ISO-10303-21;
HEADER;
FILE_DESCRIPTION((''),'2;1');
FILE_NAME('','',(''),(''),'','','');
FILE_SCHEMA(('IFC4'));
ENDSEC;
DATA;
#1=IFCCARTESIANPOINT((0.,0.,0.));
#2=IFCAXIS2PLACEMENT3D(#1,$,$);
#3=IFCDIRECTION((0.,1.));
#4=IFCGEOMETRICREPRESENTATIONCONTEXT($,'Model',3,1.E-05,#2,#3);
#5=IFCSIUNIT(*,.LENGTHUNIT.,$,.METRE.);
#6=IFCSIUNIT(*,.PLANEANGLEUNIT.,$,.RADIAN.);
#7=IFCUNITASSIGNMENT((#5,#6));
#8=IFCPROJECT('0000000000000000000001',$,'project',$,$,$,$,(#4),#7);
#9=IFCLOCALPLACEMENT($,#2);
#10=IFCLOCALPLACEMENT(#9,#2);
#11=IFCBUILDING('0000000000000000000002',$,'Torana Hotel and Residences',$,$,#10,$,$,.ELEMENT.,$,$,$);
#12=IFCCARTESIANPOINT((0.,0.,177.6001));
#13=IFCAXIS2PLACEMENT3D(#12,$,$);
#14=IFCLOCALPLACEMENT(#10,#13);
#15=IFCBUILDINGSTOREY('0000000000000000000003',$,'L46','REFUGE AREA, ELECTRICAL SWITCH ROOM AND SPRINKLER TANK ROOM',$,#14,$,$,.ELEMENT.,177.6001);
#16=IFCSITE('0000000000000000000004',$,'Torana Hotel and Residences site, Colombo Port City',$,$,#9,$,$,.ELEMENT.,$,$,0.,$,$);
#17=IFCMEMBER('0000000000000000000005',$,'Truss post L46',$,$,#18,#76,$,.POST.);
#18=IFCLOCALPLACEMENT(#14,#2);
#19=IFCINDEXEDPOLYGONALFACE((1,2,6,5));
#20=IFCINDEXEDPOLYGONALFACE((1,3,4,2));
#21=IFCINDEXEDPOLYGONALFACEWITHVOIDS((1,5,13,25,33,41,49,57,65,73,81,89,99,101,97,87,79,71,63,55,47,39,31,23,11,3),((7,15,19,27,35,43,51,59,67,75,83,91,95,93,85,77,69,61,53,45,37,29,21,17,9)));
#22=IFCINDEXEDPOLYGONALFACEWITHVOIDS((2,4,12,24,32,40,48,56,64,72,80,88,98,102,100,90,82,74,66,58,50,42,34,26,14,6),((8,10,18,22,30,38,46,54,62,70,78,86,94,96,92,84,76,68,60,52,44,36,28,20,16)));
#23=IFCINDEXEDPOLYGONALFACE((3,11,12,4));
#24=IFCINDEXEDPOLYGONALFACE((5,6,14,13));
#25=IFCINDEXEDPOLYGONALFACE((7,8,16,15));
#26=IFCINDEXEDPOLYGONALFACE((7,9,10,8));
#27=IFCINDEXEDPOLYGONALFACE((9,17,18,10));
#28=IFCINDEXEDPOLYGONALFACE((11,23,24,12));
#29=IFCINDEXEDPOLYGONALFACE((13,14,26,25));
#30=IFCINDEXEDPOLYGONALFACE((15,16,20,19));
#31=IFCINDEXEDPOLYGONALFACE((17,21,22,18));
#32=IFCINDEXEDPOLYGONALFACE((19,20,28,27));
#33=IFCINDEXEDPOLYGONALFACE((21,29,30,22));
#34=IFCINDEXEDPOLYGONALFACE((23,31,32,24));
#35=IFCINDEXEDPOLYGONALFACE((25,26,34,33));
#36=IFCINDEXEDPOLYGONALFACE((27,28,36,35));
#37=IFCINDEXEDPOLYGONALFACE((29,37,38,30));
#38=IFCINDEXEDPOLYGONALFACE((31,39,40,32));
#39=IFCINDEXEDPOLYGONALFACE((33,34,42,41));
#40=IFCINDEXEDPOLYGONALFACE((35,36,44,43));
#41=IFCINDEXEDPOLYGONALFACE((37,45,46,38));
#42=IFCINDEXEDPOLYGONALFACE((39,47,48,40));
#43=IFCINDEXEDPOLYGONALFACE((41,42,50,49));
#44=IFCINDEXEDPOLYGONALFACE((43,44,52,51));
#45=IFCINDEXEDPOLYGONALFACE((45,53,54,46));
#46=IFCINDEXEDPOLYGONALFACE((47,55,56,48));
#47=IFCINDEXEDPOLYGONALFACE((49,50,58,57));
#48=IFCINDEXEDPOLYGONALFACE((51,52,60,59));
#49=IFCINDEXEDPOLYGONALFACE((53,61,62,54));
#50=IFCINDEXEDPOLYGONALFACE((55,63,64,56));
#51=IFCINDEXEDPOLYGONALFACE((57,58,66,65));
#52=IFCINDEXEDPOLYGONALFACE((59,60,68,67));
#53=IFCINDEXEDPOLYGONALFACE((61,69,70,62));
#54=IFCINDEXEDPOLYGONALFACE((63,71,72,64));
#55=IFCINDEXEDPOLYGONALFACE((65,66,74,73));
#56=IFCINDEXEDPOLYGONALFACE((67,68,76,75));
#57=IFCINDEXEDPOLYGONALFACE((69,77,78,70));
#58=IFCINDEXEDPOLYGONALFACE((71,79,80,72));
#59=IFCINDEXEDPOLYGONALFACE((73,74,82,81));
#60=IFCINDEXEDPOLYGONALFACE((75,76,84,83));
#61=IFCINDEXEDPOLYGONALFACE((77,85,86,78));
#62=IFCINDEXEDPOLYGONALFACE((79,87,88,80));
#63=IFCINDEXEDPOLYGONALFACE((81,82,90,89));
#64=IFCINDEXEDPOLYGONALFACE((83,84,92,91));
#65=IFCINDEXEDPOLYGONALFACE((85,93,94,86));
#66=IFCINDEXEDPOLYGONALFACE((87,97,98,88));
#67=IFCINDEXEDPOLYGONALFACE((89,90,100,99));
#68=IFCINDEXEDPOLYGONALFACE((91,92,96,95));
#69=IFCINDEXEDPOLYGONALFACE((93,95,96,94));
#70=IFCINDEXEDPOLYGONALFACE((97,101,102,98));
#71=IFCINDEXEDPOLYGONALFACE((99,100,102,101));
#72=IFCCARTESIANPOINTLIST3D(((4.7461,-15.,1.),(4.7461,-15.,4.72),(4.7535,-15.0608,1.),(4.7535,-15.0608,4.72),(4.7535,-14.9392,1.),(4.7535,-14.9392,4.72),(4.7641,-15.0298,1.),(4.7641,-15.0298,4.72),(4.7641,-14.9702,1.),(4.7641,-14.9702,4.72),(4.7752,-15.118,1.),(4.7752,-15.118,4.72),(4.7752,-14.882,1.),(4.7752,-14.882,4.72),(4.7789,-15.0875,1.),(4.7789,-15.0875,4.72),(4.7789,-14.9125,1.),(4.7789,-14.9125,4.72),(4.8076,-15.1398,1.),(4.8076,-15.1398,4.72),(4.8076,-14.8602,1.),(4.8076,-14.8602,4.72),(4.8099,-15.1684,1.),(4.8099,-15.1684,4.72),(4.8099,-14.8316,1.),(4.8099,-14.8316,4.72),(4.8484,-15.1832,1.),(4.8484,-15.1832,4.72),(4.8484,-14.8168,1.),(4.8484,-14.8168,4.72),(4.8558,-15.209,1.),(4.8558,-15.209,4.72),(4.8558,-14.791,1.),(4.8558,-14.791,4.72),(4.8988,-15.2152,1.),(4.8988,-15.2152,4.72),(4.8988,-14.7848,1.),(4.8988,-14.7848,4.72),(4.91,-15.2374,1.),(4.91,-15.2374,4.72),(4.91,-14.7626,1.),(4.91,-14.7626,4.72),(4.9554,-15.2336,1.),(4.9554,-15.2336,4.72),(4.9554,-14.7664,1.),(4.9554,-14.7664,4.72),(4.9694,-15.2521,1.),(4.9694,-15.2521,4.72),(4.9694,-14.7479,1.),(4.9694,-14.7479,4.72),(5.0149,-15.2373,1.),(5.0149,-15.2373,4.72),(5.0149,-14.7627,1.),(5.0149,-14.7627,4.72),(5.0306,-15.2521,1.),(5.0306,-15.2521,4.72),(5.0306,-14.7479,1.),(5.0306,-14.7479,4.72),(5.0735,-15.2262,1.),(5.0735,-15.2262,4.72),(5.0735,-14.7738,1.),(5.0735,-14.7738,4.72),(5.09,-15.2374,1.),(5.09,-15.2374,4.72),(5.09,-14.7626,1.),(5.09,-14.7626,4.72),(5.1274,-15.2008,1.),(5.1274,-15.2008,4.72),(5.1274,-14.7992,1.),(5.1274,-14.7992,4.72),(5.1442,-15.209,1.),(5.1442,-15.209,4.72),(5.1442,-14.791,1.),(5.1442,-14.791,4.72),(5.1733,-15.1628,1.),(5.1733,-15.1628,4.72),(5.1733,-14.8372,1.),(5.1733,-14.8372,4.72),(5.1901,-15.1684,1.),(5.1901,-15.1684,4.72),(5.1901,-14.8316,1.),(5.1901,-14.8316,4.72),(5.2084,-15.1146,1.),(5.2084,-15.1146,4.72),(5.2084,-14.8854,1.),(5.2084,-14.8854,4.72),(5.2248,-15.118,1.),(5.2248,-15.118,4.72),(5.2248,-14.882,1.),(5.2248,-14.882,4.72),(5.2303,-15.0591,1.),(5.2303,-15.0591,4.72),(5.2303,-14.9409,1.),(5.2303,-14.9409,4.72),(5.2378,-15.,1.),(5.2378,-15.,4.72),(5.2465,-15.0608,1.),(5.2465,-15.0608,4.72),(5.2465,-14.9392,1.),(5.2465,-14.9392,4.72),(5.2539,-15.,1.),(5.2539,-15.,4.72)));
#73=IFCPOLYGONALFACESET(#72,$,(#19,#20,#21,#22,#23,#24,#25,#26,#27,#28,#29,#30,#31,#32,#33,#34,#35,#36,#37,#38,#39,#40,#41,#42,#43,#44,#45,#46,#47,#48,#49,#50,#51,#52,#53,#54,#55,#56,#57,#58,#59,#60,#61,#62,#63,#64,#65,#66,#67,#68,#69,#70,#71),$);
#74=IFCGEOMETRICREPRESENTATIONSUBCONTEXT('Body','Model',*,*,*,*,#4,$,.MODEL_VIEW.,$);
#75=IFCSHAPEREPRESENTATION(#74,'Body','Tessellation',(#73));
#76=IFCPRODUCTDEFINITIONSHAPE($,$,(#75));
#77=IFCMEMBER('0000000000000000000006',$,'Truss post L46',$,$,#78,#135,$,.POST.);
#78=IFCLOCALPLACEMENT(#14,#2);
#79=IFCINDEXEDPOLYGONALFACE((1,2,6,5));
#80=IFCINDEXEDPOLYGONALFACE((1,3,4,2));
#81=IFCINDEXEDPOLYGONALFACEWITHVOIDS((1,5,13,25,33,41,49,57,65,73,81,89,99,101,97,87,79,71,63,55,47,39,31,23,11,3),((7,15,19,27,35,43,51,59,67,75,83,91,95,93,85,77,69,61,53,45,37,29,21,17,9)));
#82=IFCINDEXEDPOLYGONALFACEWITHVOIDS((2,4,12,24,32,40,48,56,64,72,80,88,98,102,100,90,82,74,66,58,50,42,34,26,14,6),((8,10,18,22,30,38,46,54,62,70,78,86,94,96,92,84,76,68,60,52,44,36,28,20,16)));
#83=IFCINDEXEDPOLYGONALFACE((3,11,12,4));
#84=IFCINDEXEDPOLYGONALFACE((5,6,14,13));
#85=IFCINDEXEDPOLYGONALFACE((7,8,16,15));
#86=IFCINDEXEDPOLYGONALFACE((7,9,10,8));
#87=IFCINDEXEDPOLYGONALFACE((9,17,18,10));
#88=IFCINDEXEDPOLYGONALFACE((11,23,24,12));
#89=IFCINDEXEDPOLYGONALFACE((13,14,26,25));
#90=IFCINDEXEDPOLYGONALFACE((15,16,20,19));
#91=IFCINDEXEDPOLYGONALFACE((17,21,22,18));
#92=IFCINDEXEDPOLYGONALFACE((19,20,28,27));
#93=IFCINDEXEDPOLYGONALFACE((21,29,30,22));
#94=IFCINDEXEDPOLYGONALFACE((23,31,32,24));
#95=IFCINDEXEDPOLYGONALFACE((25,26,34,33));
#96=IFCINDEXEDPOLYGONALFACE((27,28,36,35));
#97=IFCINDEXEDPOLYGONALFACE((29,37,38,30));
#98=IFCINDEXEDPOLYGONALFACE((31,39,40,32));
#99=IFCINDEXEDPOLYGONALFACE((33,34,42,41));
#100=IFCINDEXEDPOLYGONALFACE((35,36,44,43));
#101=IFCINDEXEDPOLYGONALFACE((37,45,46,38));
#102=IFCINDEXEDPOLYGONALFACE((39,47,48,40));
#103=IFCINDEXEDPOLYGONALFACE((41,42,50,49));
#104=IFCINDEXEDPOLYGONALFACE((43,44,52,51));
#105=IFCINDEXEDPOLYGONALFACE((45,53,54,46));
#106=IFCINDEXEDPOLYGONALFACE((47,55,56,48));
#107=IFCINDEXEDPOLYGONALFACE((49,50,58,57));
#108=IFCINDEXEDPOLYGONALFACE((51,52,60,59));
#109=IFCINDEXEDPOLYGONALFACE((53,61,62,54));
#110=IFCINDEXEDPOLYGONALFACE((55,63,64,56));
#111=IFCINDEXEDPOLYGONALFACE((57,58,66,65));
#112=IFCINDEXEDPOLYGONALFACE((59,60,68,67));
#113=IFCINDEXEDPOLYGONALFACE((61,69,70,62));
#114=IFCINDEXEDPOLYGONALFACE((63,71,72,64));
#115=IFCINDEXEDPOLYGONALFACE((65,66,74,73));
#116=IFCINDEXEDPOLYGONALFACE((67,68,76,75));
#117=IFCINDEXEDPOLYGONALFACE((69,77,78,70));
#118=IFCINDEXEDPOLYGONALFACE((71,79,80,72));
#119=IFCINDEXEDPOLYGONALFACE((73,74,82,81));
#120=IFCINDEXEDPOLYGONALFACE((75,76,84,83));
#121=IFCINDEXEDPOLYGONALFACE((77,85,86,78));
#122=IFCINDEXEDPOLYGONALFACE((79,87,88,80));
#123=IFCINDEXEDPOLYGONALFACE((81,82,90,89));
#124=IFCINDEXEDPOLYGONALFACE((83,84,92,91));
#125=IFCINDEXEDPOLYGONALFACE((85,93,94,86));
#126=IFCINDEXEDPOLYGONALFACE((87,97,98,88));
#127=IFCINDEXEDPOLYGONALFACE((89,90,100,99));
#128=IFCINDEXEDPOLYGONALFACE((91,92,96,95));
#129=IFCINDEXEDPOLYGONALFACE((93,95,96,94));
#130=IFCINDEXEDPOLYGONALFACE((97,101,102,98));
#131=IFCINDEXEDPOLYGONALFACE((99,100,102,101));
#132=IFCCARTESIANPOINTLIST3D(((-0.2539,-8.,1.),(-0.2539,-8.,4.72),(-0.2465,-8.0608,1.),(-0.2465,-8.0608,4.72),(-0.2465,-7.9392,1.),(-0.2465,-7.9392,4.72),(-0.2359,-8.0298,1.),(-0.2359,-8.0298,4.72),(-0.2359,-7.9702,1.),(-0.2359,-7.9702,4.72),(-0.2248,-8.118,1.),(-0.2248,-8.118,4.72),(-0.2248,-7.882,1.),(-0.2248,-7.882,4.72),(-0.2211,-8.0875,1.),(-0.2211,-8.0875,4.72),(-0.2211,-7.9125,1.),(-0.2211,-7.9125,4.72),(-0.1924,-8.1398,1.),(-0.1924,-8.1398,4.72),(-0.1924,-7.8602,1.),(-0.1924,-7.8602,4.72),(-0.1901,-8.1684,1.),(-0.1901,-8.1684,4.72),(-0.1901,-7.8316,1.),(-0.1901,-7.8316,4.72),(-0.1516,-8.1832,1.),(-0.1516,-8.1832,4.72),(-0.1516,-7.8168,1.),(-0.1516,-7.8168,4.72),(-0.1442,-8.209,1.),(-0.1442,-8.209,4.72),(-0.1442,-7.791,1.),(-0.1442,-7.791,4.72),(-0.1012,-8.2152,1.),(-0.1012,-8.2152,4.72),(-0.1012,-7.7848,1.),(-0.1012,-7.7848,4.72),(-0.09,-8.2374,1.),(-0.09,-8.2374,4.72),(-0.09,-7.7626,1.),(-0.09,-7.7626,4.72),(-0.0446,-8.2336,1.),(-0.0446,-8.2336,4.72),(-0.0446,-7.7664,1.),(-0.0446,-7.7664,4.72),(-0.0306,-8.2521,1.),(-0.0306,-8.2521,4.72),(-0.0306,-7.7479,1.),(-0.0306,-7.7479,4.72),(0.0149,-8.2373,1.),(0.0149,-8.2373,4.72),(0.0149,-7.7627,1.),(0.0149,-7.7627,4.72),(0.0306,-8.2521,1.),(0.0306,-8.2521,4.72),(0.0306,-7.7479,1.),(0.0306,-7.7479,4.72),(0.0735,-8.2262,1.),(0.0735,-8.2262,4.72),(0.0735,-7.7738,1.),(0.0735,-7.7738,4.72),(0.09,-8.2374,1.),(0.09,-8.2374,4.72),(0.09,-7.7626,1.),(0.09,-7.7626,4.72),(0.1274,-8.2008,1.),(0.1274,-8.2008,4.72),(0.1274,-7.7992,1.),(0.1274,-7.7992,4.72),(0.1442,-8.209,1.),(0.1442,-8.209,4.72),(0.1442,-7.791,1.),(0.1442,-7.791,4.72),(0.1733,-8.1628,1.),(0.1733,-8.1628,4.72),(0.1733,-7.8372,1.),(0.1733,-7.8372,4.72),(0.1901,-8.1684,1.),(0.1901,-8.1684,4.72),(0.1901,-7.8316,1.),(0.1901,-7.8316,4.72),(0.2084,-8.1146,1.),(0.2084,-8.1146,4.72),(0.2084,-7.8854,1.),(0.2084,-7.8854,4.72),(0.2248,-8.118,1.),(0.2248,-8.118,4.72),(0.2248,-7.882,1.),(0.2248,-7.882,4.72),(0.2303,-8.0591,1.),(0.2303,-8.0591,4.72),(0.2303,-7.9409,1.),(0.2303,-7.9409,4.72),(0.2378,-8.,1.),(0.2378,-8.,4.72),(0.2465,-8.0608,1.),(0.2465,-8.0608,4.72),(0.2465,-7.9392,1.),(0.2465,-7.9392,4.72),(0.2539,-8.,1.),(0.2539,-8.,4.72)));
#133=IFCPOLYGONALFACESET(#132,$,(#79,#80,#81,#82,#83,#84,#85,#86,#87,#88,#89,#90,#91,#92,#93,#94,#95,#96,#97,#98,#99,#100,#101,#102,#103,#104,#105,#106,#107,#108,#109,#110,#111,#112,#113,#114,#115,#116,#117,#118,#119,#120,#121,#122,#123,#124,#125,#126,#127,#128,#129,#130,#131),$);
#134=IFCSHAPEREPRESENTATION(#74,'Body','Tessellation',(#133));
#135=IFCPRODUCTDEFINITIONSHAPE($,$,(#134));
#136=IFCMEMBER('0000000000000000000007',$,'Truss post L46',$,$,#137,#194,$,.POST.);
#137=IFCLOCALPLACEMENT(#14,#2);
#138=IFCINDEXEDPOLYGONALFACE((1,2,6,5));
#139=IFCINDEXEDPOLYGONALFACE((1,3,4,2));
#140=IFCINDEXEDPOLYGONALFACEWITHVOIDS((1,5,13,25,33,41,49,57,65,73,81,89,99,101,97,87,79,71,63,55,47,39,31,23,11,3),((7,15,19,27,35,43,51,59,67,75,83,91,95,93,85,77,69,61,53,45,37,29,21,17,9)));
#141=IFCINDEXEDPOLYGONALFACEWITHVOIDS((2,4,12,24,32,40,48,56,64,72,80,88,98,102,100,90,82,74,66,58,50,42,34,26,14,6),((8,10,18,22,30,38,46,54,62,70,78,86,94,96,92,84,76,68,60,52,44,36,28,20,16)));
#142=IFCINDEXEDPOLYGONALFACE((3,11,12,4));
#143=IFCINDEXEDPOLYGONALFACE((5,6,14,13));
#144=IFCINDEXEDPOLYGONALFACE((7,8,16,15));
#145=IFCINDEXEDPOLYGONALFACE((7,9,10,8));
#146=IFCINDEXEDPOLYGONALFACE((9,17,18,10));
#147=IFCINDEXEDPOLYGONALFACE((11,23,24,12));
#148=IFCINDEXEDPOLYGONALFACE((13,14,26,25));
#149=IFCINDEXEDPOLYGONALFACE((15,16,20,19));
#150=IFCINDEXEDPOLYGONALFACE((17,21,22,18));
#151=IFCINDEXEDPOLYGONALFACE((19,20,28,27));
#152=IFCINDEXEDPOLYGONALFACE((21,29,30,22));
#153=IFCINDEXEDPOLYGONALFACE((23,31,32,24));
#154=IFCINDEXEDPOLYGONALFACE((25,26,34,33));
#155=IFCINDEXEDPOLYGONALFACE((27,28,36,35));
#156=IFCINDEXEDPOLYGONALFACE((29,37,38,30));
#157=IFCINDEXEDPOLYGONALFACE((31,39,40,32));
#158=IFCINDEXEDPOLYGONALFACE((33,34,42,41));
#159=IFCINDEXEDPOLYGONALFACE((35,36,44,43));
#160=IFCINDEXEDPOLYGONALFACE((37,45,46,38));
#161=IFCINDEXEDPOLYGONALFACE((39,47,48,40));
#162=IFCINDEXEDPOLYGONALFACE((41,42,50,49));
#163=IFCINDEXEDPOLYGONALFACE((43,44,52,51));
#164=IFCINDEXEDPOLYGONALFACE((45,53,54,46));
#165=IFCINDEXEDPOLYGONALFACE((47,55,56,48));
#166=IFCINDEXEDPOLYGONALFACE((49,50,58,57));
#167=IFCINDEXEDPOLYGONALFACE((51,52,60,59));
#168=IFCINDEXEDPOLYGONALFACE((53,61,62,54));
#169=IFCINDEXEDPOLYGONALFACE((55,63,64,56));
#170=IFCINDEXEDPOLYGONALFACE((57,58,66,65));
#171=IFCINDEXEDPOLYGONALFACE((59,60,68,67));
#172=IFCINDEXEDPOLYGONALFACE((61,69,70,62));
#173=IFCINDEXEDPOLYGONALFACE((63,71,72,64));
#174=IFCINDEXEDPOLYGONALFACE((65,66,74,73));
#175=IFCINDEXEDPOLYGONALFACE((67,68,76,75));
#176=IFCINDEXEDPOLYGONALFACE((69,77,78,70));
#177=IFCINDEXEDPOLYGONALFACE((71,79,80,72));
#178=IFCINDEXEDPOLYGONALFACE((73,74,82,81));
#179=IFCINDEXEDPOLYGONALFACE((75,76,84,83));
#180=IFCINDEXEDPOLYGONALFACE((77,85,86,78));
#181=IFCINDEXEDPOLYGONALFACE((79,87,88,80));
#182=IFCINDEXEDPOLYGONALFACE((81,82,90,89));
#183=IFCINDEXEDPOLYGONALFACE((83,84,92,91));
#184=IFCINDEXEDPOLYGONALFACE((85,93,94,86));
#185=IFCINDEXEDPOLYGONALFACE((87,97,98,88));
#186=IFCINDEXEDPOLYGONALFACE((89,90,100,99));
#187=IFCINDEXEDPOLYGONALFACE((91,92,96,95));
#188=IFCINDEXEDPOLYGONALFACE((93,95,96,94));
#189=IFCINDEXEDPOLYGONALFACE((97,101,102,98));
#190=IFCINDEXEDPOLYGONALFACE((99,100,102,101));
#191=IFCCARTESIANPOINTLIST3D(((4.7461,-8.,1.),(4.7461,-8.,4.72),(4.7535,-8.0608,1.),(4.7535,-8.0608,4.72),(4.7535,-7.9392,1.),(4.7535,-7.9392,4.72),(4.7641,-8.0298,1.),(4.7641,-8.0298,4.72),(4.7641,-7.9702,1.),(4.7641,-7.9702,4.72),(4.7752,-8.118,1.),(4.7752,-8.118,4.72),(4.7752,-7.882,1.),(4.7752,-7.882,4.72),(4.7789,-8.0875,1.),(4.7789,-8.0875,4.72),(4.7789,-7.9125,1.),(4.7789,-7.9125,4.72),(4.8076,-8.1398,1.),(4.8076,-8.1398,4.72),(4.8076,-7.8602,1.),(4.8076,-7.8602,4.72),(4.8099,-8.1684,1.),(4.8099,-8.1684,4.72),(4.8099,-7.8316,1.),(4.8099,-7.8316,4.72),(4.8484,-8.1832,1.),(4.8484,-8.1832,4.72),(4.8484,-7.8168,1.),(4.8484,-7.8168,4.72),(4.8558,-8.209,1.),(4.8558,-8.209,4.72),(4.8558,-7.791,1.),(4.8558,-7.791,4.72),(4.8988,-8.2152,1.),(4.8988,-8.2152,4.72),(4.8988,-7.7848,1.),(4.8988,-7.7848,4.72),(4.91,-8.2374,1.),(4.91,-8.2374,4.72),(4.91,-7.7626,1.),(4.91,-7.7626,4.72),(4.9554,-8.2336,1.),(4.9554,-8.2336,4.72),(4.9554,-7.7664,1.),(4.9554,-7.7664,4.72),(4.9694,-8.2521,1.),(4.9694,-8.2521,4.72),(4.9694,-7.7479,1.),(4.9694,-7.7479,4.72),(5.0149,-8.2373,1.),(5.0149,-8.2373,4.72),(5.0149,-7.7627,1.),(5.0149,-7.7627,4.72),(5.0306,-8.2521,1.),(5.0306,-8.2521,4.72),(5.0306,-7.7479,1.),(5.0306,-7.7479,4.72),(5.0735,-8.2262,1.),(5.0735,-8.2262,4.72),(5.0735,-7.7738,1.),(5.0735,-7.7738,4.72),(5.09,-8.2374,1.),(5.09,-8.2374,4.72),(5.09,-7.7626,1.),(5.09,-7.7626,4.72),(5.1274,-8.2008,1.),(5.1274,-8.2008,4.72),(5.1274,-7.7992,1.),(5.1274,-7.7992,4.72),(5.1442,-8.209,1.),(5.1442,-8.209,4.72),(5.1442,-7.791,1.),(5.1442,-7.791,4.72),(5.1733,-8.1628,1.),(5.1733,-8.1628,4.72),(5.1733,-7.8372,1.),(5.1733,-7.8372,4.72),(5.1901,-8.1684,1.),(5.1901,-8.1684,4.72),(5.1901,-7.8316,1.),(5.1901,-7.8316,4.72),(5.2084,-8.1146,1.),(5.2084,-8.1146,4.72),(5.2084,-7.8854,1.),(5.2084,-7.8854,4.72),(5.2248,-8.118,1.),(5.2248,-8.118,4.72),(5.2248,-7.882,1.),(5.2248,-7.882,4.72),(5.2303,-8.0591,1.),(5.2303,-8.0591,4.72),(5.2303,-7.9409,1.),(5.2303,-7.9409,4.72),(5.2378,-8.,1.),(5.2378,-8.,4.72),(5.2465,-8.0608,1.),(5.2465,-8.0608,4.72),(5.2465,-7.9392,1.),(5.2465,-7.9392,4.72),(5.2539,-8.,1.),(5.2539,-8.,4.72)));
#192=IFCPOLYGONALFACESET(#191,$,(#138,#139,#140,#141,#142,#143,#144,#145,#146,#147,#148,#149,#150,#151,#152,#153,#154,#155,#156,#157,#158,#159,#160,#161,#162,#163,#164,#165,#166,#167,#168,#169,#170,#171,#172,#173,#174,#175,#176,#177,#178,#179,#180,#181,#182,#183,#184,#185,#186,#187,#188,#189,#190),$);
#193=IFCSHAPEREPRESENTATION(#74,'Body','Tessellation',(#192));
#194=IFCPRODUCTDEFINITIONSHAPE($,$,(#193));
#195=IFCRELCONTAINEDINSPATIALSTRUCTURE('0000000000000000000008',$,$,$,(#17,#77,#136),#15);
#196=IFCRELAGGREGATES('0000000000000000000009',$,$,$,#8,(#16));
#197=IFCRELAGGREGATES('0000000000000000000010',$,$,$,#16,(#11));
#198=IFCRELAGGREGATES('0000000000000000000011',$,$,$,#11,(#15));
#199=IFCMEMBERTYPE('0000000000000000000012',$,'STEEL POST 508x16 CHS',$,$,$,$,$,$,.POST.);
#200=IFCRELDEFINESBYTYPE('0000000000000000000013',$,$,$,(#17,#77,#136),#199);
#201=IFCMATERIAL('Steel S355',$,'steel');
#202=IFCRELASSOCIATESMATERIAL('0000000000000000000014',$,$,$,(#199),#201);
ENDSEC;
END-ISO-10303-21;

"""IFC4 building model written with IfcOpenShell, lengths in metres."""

from ifc_helpers import new_model, si_unit, direction, frame, origin, origin_2d, place, context, subcontext, project, spatial, hollow_circle, extrude, material, material_profile, profile_set, type_object, element, save


model = new_model("IFC4")

# Units and contexts
model_context = context("Model", 3, precision=1e-05, world=origin(), true_north=direction((0.0, 1.0)))
body_context = subcontext(model_context, "Body", "Model", "MODEL_VIEW")
ifc_project = project(units=[si_unit("LENGTHUNIT", "METRE"), si_unit("PLANEANGLEUNIT", "RADIAN")], contexts=[model_context])

# Site, building, storey
site_placement = place(None, origin())
site = spatial("IfcSite", under=ifc_project, at=site_placement, Name="Torana Hotel and Residences site, Colombo Port City", CompositionType="ELEMENT", RefElevation=0.0)
building_placement = place(site_placement, origin())
building = spatial("IfcBuilding", under=site, at=building_placement, Name="Torana Hotel and Residences", CompositionType="ELEMENT")
storey_placement = place(building_placement, frame((0.0, 0.0, 177.6001)))
storey = spatial("IfcBuildingStorey", under=building, at=storey_placement, Name="L46", Description="REFUGE AREA, ELECTRICAL SWITCH ROOM AND SPRINKLER TANK ROOM", CompositionType="ELEMENT", Elevation=177.6001)

# Members
ifc_material_1 = material(Name="Steel S355", Category="steel")
ifc_material_profile_1 = material_profile(ifc_material_1, hollow_circle(Radius=0.2539, WallThickness=0.0161, at=origin_2d()), Name="508x16 CHS")
ifc_profile_set_1 = profile_set([ifc_material_profile_1], Name="Steel S355")
member_type_1 = type_object("IfcMemberType", Name="STEEL POST 508x16 CHS", PredefinedType="POST", material=ifc_profile_set_1)
for number, where, z_axis, x_axis, name in (
    (1, (5.0, -15.0, 1.0), (0.0, 0.0, 1.0), (1.0, 0.0, 0.0), "Truss post L46"),
    (2, (0.0, -8.0, 1.0), (0.0, 0.0, 1.0), (1.0, 0.0, 0.0), "Truss post L46"),
    (3, (5.0, -8.0, 1.0), (0.0, 0.0, 1.0), (1.0, 0.0, 0.0), "Truss post L46"),
):
    element("IfcMember", number, at=place(storey_placement, frame(where, z_axis=z_axis, x_axis=x_axis)), inside=storey, type_object=member_type_1, Name=name, PredefinedType="POST", context=body_context, shape_type="SweptSolid", body=[
        extrude(hollow_circle(Radius=0.2539, WallThickness=0.0161, at=origin_2d()), origin(), (0.0, 0.0, 1.0), 3.72),
    ])

save(model, "model.ifc")
